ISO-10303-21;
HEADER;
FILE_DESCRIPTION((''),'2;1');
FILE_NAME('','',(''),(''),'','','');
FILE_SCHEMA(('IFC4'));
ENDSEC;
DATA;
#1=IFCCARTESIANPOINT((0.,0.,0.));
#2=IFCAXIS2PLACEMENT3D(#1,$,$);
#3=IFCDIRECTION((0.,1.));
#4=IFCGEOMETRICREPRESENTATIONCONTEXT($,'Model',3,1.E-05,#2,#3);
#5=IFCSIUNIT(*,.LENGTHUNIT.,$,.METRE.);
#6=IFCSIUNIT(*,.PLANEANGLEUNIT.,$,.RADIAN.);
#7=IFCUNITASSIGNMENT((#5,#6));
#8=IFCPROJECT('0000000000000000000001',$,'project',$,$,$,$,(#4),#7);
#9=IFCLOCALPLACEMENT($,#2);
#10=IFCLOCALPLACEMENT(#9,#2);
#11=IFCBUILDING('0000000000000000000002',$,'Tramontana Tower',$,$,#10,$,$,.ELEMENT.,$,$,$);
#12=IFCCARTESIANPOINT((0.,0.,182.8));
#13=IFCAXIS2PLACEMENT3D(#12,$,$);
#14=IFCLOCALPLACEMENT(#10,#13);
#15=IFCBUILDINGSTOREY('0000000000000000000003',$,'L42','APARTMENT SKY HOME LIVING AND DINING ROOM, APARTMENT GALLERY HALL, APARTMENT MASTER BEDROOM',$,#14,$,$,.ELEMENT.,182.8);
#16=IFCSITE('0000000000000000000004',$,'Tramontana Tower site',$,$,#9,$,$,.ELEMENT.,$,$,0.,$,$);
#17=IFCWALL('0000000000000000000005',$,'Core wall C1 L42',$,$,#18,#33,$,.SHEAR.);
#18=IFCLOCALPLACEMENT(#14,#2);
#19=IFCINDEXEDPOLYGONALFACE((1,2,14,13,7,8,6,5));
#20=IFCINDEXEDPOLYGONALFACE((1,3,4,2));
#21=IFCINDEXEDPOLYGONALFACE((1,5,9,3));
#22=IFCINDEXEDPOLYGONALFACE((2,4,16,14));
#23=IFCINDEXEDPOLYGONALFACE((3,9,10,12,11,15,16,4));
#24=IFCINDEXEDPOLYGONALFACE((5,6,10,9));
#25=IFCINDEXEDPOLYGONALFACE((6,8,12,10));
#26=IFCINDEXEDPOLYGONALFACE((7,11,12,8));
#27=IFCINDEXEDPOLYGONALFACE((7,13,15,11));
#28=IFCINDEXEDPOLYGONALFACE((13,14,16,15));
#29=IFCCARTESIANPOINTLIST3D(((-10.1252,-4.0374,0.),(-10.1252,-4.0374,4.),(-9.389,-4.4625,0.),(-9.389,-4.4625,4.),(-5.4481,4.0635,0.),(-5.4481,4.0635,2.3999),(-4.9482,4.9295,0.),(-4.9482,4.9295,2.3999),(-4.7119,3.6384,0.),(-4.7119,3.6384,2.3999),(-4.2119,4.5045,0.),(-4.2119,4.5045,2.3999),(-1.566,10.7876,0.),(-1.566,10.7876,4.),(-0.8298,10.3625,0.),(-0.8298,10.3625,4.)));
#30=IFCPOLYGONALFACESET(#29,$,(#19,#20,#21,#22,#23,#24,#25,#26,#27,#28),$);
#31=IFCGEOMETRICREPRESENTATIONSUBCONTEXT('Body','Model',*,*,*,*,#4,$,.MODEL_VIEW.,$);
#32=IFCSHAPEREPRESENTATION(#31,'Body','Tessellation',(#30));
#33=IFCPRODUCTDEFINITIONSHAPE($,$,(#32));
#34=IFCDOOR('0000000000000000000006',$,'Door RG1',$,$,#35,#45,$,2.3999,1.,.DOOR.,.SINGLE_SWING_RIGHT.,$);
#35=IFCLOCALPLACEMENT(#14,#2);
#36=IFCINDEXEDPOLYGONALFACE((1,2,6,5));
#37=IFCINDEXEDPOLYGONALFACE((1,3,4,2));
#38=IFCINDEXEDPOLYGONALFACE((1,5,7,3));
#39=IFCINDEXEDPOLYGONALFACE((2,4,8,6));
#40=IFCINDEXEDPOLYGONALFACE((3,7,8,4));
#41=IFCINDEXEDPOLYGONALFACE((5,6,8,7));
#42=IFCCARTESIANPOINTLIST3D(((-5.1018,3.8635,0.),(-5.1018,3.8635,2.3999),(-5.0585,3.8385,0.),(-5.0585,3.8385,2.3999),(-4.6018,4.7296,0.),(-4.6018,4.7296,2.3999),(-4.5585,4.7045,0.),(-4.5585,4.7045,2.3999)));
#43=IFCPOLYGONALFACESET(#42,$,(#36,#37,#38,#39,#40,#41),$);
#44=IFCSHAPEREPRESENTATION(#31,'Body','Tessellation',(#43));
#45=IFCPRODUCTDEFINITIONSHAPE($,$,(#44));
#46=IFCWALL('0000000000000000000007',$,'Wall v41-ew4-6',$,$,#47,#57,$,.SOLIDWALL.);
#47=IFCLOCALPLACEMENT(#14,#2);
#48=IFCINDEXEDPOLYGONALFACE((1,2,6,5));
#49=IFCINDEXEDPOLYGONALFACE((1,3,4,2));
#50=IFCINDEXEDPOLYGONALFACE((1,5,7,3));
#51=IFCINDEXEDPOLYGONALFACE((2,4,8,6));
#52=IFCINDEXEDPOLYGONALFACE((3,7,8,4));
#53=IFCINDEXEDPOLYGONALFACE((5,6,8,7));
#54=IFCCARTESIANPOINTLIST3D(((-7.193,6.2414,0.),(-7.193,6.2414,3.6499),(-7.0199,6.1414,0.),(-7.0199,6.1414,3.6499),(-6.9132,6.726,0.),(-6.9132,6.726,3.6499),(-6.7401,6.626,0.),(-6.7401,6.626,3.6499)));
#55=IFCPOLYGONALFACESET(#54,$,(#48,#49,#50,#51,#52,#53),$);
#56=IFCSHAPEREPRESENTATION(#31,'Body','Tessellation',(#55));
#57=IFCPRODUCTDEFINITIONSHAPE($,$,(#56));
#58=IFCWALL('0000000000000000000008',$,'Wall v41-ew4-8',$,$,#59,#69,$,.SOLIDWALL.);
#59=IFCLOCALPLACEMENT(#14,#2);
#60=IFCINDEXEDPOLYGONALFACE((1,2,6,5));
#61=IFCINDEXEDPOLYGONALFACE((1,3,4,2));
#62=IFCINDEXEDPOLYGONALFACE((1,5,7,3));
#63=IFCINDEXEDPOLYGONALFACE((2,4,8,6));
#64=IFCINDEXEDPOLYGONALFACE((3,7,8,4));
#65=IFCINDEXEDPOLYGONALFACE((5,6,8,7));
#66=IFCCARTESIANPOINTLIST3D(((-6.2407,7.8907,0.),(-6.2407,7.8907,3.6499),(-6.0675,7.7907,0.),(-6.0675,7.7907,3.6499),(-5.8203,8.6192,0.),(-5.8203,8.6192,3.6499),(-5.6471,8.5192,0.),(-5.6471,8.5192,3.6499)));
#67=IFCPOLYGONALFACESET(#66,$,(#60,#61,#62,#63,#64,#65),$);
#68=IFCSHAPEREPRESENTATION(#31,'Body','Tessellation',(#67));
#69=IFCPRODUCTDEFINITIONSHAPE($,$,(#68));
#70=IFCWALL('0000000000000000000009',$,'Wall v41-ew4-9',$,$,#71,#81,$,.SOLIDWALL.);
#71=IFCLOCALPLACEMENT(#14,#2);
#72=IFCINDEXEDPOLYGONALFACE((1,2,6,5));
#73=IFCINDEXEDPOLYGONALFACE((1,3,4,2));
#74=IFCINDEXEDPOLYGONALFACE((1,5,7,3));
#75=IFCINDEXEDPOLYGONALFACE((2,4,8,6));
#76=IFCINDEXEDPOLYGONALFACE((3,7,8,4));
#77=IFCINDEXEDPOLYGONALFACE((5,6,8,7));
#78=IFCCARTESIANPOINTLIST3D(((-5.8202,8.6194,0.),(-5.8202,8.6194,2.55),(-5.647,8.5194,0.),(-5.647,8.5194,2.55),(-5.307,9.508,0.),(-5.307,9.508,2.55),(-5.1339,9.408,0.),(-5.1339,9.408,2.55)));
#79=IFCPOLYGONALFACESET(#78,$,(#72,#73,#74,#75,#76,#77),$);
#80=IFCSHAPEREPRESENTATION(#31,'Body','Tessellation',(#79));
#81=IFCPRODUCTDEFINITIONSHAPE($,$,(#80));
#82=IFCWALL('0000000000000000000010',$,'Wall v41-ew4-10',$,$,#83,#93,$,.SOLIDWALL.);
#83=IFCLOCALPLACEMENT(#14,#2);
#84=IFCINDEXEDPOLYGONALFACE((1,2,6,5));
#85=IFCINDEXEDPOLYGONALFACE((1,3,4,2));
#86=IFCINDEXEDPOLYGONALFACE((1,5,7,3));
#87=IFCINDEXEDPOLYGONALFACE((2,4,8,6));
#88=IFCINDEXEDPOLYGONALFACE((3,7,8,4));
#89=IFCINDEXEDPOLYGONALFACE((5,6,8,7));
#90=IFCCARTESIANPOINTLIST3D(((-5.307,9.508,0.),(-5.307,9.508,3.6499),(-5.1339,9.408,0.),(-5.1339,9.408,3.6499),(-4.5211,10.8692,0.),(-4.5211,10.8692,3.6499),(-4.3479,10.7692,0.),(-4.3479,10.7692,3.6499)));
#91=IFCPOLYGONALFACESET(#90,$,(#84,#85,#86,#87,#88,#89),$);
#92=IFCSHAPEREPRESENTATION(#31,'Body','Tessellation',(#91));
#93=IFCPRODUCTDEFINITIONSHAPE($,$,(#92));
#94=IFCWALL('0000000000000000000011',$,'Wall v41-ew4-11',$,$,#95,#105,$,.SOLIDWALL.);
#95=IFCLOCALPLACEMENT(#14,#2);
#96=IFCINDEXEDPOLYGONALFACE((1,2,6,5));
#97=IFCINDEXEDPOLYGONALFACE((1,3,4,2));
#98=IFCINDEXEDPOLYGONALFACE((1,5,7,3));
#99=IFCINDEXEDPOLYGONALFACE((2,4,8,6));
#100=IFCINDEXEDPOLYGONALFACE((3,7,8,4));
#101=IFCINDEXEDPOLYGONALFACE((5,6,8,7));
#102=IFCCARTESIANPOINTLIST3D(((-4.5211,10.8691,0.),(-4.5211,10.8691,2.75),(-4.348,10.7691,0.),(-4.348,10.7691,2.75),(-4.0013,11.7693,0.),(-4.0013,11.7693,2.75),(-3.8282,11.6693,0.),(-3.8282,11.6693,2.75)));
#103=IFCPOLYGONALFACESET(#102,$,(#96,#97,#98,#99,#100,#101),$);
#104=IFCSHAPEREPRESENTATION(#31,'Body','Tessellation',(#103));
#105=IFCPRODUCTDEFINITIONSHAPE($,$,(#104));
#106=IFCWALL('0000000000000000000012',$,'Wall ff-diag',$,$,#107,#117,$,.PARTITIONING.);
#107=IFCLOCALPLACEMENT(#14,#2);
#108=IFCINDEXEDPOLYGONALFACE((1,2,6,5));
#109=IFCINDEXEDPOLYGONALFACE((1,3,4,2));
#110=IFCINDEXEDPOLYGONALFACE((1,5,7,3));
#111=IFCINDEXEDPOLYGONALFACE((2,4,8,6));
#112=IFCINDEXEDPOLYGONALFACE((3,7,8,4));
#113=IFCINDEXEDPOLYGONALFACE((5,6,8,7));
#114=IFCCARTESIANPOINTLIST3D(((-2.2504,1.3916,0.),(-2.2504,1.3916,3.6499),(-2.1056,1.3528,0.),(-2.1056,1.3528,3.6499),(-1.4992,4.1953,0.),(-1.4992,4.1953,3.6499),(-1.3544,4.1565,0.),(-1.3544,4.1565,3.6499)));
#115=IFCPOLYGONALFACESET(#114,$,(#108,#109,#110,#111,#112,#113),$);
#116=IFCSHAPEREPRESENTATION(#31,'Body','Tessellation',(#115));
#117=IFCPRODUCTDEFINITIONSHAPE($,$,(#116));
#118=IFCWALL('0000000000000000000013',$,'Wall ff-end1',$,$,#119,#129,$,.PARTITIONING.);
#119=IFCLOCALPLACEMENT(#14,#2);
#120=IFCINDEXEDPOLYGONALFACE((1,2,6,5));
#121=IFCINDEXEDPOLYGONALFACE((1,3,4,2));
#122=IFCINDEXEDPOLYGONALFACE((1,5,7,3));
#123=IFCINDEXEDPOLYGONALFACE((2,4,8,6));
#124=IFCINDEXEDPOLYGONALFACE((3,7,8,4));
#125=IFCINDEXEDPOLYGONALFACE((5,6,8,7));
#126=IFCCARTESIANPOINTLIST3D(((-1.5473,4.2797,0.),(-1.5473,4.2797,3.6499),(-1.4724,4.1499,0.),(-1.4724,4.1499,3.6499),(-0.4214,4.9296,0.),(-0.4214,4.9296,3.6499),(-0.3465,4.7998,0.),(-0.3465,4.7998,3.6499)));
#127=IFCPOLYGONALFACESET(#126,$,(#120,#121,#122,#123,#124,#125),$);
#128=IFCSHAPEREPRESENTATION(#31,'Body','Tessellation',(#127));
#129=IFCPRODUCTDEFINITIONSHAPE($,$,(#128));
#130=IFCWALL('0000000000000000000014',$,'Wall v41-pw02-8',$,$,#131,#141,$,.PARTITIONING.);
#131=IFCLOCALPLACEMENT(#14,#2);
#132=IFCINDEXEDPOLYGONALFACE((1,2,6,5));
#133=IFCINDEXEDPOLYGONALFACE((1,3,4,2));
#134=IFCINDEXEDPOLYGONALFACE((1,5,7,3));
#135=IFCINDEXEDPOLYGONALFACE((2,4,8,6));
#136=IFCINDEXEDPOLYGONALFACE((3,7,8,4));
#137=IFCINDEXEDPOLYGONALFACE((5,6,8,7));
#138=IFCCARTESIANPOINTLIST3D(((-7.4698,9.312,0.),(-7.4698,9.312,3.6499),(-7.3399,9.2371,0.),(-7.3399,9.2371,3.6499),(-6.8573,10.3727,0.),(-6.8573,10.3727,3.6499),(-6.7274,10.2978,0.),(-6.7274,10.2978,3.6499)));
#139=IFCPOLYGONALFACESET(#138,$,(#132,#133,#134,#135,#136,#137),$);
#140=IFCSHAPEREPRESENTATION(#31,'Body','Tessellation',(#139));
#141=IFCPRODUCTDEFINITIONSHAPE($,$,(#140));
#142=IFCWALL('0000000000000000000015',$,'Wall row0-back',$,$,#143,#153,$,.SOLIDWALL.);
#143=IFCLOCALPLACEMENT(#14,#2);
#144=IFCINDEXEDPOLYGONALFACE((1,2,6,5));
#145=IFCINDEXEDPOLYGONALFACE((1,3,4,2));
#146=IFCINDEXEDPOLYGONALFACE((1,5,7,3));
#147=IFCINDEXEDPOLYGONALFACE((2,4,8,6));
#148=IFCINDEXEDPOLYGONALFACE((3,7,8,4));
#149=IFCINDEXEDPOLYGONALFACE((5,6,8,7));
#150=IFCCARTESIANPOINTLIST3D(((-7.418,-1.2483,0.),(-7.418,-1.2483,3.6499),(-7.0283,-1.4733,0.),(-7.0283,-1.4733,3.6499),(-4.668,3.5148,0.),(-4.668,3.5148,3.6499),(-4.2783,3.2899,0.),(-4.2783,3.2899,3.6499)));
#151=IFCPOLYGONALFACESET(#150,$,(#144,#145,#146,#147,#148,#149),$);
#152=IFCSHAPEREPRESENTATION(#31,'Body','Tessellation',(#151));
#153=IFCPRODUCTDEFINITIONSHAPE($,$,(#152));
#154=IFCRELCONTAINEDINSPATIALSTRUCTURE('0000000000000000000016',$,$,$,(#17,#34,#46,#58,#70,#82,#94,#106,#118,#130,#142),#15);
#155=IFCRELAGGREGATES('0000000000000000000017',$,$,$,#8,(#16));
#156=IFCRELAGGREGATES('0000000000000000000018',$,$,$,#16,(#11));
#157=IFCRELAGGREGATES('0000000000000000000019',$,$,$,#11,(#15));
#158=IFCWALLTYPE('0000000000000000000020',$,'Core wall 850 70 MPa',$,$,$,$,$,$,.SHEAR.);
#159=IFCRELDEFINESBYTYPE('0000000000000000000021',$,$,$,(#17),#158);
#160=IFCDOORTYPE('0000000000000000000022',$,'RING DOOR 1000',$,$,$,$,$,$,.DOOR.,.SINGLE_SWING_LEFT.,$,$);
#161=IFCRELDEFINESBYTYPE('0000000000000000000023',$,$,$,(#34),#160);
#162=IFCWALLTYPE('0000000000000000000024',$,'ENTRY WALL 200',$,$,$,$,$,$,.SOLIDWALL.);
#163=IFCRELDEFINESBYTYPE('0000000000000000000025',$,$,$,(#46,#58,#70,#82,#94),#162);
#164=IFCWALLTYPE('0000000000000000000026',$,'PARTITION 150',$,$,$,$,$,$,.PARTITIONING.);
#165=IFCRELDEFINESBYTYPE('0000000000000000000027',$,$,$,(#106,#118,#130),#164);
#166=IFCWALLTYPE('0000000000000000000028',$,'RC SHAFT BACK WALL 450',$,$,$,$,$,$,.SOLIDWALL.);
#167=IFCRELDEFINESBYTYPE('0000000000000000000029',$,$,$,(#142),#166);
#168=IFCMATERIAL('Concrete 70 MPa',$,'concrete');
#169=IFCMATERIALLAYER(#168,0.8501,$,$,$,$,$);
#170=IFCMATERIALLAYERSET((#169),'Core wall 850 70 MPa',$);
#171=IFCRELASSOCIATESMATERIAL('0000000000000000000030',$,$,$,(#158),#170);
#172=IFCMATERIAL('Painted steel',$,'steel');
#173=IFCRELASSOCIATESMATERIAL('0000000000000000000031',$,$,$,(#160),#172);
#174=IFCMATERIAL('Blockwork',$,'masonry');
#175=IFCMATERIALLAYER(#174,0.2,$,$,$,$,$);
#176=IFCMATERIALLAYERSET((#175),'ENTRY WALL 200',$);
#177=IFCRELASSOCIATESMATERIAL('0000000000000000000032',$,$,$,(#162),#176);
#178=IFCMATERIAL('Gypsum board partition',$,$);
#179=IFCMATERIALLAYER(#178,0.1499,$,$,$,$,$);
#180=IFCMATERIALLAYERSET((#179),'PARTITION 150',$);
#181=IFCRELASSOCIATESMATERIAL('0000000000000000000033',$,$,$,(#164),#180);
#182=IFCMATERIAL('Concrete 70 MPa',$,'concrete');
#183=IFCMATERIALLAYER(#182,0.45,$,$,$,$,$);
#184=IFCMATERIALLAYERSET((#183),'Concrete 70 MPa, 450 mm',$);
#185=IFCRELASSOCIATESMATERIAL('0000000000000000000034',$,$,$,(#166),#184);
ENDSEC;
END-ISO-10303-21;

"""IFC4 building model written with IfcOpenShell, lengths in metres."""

from ifc_helpers import new_model, si_unit, direction, frame, frame_2d, origin, place, context, subcontext, project, spatial, rectangle, extrude, material, layer, layer_set, type_object, element, fill, save


model = new_model("IFC4")

# Units and contexts
model_context = context("Model", 3, precision=1e-05, world=origin(), true_north=direction((0.0, 1.0)))
body_context = subcontext(model_context, "Body", "Model", "MODEL_VIEW")
ifc_project = project(units=[si_unit("LENGTHUNIT", "METRE"), si_unit("PLANEANGLEUNIT", "RADIAN")], contexts=[model_context])

# Site, building, storey
site_placement = place(None, origin())
site = spatial("IfcSite", under=ifc_project, at=site_placement, Name="Tramontana Tower site", CompositionType="ELEMENT", RefElevation=0.0)
building_placement = place(site_placement, origin())
building = spatial("IfcBuilding", under=site, at=building_placement, Name="Tramontana Tower", CompositionType="ELEMENT")
storey_placement = place(building_placement, frame((0.0, 0.0, 182.8)))
storey = spatial("IfcBuildingStorey", under=building, at=storey_placement, Name="L42", Description="APARTMENT SKY HOME LIVING AND DINING ROOM, APARTMENT GALLERY HALL, APARTMENT MASTER BEDROOM", CompositionType="ELEMENT", Elevation=182.8)

# Wall, opening, door
ifc_material_1 = material(Name="Concrete 70 MPa", Category="concrete")
ifc_layer_1 = layer(ifc_material_1, 0.8501)
ifc_layer_set_1 = layer_set([ifc_layer_1], Name="Core wall 850 70 MPa")
wall_type_1 = type_object("IfcWallType", Name="Core wall 850 70 MPa", PredefinedType="SHEAR", material=ifc_layer_set_1)
wall_1_placement = place(storey_placement, frame((-1.198, 10.575, 0.0), z_axis=(0.0, 0.0, 1.0), x_axis=(-0.499995, -0.866028, 0.0)))
wall_1 = element("IfcWall", 1, at=wall_1_placement, inside=storey, type_object=wall_type_1, Name="Core wall C1 L42", PredefinedType="SHEAR", context=body_context, shape_type="SweptSolid", body=[
    extrude(rectangle(XDim=17.1184, YDim=0.8501, at=frame_2d((8.5591, 0.0))), origin(), (0.0, 0.0, 1.0), 4.0),
])
opening_1_placement = place(wall_1_placement, frame((6.7642, 0.0, 0.0)))
opening_1 = element("IfcOpeningElement", 2, at=opening_1_placement, cuts=wall_1, PredefinedType="OPENING", context=body_context, shape_type="SweptSolid", body=[
    extrude(rectangle(XDim=1.0, YDim=2.3999, at=frame_2d((0.5, 1.2))), frame((0.0, 0.4351, 0.0), z_axis=(0.0, -1.0, 0.0), x_axis=(1.0, 0.0, 0.0)), (0.0, 0.0, 1.0), 0.8701),
])
ifc_material_2 = material(Name="Painted steel", Category="steel")
door_type_1 = type_object("IfcDoorType", Name="RING DOOR 1000", OperationType="SINGLE_SWING_LEFT", PredefinedType="DOOR", material=ifc_material_2)
door_1_placement = place(opening_1_placement, origin())
door_1 = element("IfcDoor", 3, at=door_1_placement, inside=storey, type_object=door_type_1, Name="Door RG1", OperationType="SINGLE_SWING_RIGHT", OverallHeight=2.3999, OverallWidth=1.0, PredefinedType="DOOR", context=body_context, shape_type="SweptSolid", body=[
    extrude(rectangle(XDim=1.0, YDim=2.3999, at=frame_2d((0.5, 1.2))), frame((0.0, 0.0249, 0.0), z_axis=(0.0, -1.0, 0.0), x_axis=(1.0, 0.0, 0.0)), (0.0, 0.0, 1.0), 0.05),
])
fill(opening_1, door_1)

# Wall
ifc_material_3 = material(Name="Blockwork", Category="masonry")
ifc_layer_2 = layer(ifc_material_3, 0.2)
ifc_layer_set_2 = layer_set([ifc_layer_2], Name="ENTRY WALL 200")
wall_type_2 = type_object("IfcWallType", Name="ENTRY WALL 200", PredefinedType="SOLIDWALL", material=ifc_layer_set_2)
wall_2_placement = place(storey_placement, frame((-7.1064, 6.1914, 0.0), z_axis=(0.0, 0.0, 1.0), x_axis=(0.499987, 0.866033, 0.0)))
element("IfcWall", 4, at=wall_2_placement, inside=storey, type_object=wall_type_2, Name="Wall v41-ew4-6", PredefinedType="SOLIDWALL", context=body_context, shape_type="SweptSolid", body=[
    extrude(rectangle(XDim=0.5596, YDim=0.2, at=frame_2d((0.2798, 0.0))), origin(), (0.0, 0.0, 1.0), 3.6499),
])

# Walls
wall_3_placement = place(storey_placement, frame((-6.1541, 7.8408, 0.0), z_axis=(0.0, 0.0, 1.0), x_axis=(0.499823, 0.866128, 0.0)))
element("IfcWall", 5, at=wall_3_placement, inside=storey, type_object=wall_type_2, Name="Wall v41-ew4-8", PredefinedType="SOLIDWALL", context=body_context, shape_type="SweptSolid", body=[
    extrude(rectangle(XDim=0.8411, YDim=0.2, at=frame_2d((0.4204, 0.0))), origin(), (0.0, 0.0, 1.0), 3.6499),
])
wall_4_placement = place(storey_placement, frame((-5.7336, 8.5693, 0.0), z_axis=(0.0, 0.0, 1.0), x_axis=(0.500079, 0.86598, 0.0)))
element("IfcWall", 6, at=wall_4_placement, inside=storey, type_object=wall_type_2, Name="Wall v41-ew4-9", PredefinedType="SOLIDWALL", context=body_context, shape_type="SweptSolid", body=[
    extrude(rectangle(XDim=1.0261, YDim=0.2, at=frame_2d((0.5132, 0.0))), origin(), (0.0, 0.0, 1.0), 2.55),
])
wall_5_placement = place(storey_placement, frame((-5.2205, 9.458, 0.0), z_axis=(0.0, 0.0, 1.0), x_axis=(0.500032, 0.866007, 0.0)))
element("IfcWall", 7, at=wall_5_placement, inside=storey, type_object=wall_type_2, Name="Wall v41-ew4-10", PredefinedType="SOLIDWALL", context=body_context, shape_type="SweptSolid", body=[
    extrude(rectangle(XDim=1.5718, YDim=0.2, at=frame_2d((0.7859, 0.0))), origin(), (0.0, 0.0, 1.0), 3.6499),
])
wall_6_placement = place(storey_placement, frame((-4.4346, 10.8191, 0.0), z_axis=(0.0, 0.0, 1.0), x_axis=(0.500055, 0.865994, 0.0)))
element("IfcWall", 8, at=wall_6_placement, inside=storey, type_object=wall_type_2, Name="Wall v41-ew4-11", PredefinedType="SOLIDWALL", context=body_context, shape_type="SweptSolid", body=[
    extrude(rectangle(XDim=1.0396, YDim=0.2, at=frame_2d((0.5198, 0.0))), origin(), (0.0, 0.0, 1.0), 2.75),
])
ifc_material_4 = material(Name="Gypsum board partition")
ifc_layer_3 = layer(ifc_material_4, 0.1499)
ifc_layer_set_3 = layer_set([ifc_layer_3], Name="PARTITION 150")
wall_type_3 = type_object("IfcWallType", Name="PARTITION 150", PredefinedType="PARTITIONING", material=ifc_layer_set_3)
wall_7_placement = place(storey_placement, frame((-2.178, 1.3723, 0.0), z_axis=(0.0, 0.0, 1.0), x_axis=(0.258809, 0.965929, 0.0)))
element("IfcWall", 9, at=wall_7_placement, inside=storey, type_object=wall_type_3, Name="Wall ff-diag", PredefinedType="PARTITIONING", context=body_context, shape_type="SweptSolid", body=[
    extrude(rectangle(XDim=2.9026, YDim=0.1499, at=frame_2d((1.4512, 0.0))), origin(), (0.0, 0.0, 1.0), 3.6499),
])
wall_8_placement = place(storey_placement, frame((-1.5098, 4.2148, 0.0), z_axis=(0.0, 0.0, 1.0), x_axis=(0.866086, 0.499896, 0.0)))
element("IfcWall", 10, at=wall_8_placement, inside=storey, type_object=wall_type_3, Name="Wall ff-end1", PredefinedType="PARTITIONING", context=body_context, shape_type="SweptSolid", body=[
    extrude(rectangle(XDim=1.3, YDim=0.1499, at=frame_2d((0.6499, 0.0))), origin(), (0.0, 0.0, 1.0), 3.6499),
])
wall_9_placement = place(storey_placement, frame((-7.4048, 9.2747, 0.0), z_axis=(0.0, 0.0, 1.0), x_axis=(0.500062, 0.86599, 0.0)))
element("IfcWall", 11, at=wall_9_placement, inside=storey, type_object=wall_type_3, Name="Wall v41-pw02-8", PredefinedType="PARTITIONING", context=body_context, shape_type="SweptSolid", body=[
    extrude(rectangle(XDim=1.2249, YDim=0.1499, at=frame_2d((0.6123, 0.0))), origin(), (0.0, 0.0, 1.0), 3.6499),
])

# Wall
ifc_material_5 = material(Name="Concrete 70 MPa", Category="concrete")
ifc_layer_4 = layer(ifc_material_5, 0.45)
ifc_layer_set_4 = layer_set([ifc_layer_4], Name="Concrete 70 MPa, 450 mm")
wall_type_4 = type_object("IfcWallType", Name="RC SHAFT BACK WALL 450", PredefinedType="SOLIDWALL", material=ifc_layer_set_4)
wall_10_placement = place(storey_placement, frame((-4.4731, 3.4023, 0.0), z_axis=(0.0, 0.0, 1.0), x_axis=(-0.499997, -0.866027, 0.0)))
element("IfcWall", 12, at=wall_10_placement, inside=storey, type_object=wall_type_4, Name="Wall row0-back", PredefinedType="SOLIDWALL", context=body_context, shape_type="SweptSolid", body=[
    extrude(rectangle(XDim=5.5, YDim=0.45, at=frame_2d((2.75, 0.0))), origin(), (0.0, 0.0, 1.0), 3.6499),
])

save(model, "model.ifc")
